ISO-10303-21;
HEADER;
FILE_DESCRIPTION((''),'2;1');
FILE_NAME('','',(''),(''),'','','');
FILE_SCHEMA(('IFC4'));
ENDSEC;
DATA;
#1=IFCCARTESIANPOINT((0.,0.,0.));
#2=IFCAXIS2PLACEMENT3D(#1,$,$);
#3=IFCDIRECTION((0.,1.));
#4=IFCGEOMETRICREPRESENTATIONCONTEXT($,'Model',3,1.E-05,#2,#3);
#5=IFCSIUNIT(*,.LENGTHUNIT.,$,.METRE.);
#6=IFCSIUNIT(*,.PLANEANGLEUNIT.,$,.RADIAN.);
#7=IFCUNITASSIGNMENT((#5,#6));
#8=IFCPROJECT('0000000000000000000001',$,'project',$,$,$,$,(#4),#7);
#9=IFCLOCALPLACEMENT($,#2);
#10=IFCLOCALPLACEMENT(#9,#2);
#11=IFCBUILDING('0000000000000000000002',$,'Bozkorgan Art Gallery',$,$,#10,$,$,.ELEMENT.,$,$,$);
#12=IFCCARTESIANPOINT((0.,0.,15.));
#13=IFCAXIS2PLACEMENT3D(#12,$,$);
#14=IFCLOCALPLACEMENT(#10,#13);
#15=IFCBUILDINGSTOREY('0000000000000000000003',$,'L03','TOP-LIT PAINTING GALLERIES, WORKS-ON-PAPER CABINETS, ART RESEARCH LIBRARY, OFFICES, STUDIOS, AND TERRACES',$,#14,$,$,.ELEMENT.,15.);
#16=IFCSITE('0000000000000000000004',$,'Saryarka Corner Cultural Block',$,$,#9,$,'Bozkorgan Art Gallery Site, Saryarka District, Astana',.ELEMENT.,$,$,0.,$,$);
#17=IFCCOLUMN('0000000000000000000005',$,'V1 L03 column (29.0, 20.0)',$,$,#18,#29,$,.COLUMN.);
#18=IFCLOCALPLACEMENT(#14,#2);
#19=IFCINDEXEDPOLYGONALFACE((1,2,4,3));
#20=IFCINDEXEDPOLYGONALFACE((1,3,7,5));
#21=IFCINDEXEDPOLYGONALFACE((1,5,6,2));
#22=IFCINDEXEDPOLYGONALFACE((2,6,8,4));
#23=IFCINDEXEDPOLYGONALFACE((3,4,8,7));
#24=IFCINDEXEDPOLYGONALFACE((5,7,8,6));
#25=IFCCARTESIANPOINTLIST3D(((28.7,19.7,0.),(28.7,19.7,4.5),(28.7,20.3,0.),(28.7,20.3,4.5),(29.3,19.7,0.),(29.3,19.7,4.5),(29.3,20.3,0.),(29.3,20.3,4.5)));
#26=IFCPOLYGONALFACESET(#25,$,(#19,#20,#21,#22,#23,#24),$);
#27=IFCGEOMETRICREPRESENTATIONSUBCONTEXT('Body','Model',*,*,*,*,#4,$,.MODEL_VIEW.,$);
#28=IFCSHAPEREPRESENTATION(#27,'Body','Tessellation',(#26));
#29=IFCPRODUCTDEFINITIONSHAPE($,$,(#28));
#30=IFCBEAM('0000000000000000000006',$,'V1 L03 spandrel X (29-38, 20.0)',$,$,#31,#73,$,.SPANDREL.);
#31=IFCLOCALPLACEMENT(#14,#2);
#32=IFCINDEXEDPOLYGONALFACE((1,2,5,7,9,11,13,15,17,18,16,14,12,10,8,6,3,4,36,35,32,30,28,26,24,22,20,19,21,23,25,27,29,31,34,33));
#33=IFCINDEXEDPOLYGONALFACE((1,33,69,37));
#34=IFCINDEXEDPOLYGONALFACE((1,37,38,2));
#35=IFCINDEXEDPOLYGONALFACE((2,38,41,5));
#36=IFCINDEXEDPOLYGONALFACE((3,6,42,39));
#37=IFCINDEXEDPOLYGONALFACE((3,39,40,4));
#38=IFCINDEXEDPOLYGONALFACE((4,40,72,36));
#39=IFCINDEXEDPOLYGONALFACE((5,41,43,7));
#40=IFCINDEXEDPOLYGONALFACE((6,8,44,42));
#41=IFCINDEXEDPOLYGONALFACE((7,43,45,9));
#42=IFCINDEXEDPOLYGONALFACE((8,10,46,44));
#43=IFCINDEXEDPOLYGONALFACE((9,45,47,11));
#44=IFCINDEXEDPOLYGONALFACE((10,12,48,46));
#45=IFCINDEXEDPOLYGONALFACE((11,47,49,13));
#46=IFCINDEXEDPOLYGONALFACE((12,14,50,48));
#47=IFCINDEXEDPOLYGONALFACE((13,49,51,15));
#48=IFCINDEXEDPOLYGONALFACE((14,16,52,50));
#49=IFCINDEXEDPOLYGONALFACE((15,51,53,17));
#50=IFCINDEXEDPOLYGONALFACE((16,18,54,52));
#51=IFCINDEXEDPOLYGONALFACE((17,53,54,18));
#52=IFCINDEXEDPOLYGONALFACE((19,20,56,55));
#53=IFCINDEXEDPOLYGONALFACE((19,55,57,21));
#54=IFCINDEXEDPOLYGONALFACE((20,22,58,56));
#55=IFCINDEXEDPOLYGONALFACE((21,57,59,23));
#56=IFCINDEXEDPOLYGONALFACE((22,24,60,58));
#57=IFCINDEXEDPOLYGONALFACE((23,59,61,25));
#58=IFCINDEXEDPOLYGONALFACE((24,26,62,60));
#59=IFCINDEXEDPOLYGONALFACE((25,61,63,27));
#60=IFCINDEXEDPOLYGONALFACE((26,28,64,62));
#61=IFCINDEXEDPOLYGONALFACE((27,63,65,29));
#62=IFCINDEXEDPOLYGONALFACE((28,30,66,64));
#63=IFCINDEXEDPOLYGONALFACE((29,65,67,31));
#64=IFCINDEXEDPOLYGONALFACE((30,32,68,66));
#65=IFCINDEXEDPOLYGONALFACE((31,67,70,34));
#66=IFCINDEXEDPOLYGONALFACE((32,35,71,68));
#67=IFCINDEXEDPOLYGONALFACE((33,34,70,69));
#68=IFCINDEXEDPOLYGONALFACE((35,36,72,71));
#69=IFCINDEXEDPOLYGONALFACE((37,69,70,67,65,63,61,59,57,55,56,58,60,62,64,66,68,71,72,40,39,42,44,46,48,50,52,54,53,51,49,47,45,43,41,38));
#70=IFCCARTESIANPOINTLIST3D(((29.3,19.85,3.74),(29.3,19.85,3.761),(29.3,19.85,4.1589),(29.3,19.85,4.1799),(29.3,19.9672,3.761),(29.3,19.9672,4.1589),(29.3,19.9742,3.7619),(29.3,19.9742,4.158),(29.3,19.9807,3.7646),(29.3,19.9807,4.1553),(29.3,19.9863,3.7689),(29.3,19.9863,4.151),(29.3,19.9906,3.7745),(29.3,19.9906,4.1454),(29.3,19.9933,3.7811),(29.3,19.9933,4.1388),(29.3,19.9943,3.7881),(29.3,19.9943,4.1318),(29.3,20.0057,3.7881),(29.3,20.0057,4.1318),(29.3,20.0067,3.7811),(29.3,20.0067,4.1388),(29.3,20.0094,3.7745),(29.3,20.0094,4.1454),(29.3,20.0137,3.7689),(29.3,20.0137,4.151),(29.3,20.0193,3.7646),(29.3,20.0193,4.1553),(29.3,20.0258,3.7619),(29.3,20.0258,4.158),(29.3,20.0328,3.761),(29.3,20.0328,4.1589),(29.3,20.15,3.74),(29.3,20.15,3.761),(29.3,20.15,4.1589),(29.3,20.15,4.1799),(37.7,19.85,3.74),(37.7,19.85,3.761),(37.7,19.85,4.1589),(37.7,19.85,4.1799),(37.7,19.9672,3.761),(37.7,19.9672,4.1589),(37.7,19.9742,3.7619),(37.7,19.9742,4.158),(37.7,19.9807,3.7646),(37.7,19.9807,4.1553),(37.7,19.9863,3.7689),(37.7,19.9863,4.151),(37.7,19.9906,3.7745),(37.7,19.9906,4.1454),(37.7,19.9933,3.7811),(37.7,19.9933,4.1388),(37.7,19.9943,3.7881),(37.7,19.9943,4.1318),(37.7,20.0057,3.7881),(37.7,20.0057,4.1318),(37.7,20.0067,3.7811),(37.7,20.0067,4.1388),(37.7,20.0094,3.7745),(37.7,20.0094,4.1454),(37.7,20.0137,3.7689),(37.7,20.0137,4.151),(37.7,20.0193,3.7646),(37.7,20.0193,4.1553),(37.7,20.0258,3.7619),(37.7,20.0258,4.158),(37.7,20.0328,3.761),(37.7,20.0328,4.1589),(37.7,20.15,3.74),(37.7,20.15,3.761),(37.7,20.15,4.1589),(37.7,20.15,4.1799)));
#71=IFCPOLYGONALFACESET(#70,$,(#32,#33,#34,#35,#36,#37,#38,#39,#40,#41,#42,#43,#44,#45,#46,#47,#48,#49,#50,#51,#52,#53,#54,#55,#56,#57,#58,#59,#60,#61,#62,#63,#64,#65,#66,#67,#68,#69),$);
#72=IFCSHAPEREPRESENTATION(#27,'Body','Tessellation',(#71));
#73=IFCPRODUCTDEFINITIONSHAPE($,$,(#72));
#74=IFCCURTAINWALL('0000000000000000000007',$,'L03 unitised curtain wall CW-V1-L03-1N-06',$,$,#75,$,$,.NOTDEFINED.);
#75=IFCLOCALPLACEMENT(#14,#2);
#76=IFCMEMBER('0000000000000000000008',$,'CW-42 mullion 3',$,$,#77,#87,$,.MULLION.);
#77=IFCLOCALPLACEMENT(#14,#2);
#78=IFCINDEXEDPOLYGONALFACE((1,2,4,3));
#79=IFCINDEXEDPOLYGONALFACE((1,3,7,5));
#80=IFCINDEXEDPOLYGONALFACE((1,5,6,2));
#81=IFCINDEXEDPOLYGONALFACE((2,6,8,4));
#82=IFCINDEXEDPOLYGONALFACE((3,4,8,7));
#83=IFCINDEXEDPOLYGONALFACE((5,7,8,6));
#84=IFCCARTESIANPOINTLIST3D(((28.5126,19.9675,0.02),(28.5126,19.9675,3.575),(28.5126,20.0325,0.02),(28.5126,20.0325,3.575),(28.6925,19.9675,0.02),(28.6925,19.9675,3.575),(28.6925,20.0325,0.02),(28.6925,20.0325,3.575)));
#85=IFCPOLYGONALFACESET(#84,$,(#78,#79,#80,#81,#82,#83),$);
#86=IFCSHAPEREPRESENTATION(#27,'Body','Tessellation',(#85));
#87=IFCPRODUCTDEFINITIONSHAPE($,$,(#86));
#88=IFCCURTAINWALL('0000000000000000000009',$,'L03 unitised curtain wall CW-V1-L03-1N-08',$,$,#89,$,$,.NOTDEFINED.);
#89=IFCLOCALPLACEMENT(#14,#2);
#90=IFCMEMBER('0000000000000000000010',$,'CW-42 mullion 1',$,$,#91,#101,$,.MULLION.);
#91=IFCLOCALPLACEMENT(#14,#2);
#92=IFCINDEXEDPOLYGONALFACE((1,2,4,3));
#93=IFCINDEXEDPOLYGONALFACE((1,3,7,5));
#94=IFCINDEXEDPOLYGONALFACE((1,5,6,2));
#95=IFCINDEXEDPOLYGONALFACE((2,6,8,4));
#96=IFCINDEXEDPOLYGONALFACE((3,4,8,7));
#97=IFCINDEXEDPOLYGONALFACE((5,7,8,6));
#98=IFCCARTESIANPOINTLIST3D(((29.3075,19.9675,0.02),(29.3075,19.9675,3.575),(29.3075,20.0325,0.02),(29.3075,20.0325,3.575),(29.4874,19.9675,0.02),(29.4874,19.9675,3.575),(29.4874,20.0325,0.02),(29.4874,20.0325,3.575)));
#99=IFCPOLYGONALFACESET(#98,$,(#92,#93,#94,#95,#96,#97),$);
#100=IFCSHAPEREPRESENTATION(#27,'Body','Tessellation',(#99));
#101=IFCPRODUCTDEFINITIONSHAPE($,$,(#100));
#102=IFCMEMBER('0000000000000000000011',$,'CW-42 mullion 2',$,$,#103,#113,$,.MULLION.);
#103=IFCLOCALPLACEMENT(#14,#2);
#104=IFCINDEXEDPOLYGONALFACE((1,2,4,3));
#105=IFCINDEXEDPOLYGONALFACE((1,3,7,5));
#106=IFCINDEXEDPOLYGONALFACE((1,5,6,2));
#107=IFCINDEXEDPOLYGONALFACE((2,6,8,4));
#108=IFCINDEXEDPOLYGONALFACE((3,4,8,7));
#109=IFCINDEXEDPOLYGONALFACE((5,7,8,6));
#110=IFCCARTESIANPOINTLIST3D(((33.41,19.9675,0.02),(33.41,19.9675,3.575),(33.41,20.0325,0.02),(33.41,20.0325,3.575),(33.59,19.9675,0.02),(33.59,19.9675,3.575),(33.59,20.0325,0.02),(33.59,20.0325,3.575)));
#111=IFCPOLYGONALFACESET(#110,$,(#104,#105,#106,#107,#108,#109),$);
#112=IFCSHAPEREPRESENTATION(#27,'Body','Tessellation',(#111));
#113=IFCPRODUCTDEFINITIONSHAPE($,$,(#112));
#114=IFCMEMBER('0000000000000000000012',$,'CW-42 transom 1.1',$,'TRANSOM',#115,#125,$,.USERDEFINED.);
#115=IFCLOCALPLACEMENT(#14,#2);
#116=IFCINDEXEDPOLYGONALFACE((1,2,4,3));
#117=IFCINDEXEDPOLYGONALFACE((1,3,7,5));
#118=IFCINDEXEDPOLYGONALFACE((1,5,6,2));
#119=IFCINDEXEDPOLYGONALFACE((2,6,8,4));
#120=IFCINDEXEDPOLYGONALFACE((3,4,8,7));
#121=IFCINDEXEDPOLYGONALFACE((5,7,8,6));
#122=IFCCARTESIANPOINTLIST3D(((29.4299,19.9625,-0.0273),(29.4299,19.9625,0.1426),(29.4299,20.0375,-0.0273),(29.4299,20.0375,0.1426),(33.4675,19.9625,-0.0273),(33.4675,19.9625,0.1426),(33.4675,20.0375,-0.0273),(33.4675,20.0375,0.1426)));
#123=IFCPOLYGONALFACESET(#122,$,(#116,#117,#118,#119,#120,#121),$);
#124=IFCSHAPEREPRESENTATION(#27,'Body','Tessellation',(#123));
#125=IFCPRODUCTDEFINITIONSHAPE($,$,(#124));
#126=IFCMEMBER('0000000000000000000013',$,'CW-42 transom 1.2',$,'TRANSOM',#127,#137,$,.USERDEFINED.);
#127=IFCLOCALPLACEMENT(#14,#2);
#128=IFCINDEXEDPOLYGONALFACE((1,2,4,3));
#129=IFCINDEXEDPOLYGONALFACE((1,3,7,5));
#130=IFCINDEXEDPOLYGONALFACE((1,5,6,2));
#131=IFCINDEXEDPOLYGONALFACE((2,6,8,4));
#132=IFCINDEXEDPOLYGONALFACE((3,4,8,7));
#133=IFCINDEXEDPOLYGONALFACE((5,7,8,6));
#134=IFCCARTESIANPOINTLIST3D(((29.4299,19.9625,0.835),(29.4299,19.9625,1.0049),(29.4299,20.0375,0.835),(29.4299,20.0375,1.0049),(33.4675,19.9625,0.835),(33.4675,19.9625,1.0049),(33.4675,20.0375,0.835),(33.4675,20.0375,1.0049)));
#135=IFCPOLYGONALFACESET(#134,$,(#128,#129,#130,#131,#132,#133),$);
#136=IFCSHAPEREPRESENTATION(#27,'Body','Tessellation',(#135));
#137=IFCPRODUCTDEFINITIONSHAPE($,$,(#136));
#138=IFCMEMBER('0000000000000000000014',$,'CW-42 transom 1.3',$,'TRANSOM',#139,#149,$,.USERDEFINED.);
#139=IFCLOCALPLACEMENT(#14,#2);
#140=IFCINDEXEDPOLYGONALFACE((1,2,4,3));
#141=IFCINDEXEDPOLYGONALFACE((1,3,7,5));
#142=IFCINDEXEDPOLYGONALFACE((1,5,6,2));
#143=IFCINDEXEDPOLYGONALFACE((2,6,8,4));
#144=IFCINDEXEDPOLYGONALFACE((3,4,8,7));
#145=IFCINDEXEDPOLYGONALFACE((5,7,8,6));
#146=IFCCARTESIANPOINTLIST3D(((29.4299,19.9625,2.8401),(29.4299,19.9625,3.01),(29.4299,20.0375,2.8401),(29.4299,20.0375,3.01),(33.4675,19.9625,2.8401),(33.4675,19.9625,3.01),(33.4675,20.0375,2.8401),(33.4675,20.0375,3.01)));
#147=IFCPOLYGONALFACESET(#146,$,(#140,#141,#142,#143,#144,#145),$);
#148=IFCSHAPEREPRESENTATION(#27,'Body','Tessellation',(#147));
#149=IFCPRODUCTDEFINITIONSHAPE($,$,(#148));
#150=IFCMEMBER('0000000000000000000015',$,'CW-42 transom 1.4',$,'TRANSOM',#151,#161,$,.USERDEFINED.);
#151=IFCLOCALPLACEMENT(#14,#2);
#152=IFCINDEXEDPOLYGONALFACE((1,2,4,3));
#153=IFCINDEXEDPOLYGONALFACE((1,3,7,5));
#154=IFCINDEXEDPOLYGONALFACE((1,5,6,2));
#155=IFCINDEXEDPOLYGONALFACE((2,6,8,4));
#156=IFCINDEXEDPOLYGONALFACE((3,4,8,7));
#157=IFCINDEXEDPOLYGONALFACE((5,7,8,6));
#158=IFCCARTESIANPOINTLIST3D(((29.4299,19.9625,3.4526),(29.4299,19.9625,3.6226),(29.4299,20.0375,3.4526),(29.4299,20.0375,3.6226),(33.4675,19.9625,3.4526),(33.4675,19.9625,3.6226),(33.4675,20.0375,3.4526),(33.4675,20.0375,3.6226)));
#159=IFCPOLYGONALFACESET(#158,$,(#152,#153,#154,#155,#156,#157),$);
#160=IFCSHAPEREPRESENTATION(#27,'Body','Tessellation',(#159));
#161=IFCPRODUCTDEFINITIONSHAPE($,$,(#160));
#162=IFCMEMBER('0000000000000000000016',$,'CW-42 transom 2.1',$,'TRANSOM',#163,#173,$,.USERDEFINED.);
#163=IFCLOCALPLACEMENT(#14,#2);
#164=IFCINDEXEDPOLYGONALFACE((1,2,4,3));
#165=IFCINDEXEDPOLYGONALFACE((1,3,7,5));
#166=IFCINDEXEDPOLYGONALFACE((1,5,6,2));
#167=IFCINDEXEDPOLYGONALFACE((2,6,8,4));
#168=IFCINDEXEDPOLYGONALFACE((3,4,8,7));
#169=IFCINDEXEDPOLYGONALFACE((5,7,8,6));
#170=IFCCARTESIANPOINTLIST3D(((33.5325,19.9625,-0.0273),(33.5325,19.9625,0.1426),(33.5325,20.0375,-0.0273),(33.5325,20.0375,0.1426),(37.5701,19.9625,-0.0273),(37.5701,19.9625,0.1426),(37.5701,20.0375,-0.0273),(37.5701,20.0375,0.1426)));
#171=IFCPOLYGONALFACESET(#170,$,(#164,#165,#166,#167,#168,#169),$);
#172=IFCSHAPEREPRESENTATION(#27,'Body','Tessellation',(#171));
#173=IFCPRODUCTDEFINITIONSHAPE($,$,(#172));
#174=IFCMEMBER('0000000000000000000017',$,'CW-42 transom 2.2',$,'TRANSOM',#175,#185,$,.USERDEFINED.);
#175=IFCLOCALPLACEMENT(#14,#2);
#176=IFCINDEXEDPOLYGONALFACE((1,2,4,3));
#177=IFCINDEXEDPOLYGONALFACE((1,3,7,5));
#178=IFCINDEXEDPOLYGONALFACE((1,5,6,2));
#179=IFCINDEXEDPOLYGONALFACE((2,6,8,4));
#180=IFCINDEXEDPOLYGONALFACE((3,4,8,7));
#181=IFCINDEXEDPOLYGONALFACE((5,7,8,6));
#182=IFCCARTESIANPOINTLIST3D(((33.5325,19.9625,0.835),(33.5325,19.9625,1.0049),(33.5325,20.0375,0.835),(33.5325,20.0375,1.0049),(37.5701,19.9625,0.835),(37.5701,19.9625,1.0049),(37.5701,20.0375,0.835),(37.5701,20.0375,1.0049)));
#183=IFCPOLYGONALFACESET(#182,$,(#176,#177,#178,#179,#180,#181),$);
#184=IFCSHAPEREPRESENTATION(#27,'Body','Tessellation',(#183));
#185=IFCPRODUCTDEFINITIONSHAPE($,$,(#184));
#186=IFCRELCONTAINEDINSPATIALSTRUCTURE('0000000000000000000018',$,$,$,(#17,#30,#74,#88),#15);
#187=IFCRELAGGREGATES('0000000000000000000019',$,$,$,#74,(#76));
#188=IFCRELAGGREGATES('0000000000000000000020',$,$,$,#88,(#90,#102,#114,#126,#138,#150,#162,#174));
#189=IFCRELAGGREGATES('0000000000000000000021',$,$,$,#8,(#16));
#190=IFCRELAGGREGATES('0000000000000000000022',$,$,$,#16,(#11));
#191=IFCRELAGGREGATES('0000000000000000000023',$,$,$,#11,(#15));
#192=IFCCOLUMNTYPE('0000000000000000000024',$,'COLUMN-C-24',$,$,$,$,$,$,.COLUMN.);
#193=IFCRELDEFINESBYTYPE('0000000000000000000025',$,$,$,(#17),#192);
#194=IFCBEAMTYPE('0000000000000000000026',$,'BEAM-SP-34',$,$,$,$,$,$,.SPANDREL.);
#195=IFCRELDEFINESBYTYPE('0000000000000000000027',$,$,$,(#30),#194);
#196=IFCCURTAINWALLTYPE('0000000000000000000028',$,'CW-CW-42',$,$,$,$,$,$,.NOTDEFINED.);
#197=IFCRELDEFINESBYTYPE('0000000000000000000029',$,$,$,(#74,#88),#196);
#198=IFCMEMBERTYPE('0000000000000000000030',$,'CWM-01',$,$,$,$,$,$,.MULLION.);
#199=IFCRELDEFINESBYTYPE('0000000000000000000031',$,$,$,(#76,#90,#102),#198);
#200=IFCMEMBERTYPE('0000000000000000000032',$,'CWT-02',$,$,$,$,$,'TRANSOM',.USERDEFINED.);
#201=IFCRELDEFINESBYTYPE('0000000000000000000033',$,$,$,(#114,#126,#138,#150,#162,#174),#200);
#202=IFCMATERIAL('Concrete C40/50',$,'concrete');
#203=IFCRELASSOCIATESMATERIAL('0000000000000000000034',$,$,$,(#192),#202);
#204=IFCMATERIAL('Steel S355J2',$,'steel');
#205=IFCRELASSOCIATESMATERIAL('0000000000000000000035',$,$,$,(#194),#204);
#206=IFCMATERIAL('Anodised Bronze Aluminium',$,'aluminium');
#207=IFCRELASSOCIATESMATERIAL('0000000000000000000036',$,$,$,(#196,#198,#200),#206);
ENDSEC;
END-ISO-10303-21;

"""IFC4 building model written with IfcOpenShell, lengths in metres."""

from ifc_helpers import new_model, si_unit, direction, frame, origin, origin_2d, place, context, subcontext, project, spatial, rectangle, i_section, extrude, material, material_profile, profile_set, type_object, element, aggregate, save


model = new_model("IFC4")

# Units and contexts
model_context = context("Model", 3, precision=1e-05, world=origin(), true_north=direction((0.0, 1.0)))
body_context = subcontext(model_context, "Body", "Model", "MODEL_VIEW")
ifc_project = project(units=[si_unit("LENGTHUNIT", "METRE"), si_unit("PLANEANGLEUNIT", "RADIAN")], contexts=[model_context])

# Site, building, storey
site_placement = place(None, origin())
site = spatial("IfcSite", under=ifc_project, at=site_placement, Name="Saryarka Corner Cultural Block", LongName="Bozkorgan Art Gallery Site, Saryarka District, Astana", CompositionType="ELEMENT", RefElevation=0.0)
building_placement = place(site_placement, origin())
building = spatial("IfcBuilding", under=site, at=building_placement, Name="Bozkorgan Art Gallery", CompositionType="ELEMENT")
storey_placement = place(building_placement, frame((0.0, 0.0, 15.0)))
storey = spatial("IfcBuildingStorey", under=building, at=storey_placement, Name="L03", Description="TOP-LIT PAINTING GALLERIES, WORKS-ON-PAPER CABINETS, ART RESEARCH LIBRARY, OFFICES, STUDIOS, AND TERRACES", CompositionType="ELEMENT", Elevation=15.0)

# Column
ifc_material_1 = material(Name="Concrete C40/50", Category="concrete")
ifc_material_profile_1 = material_profile(ifc_material_1, rectangle(XDim=0.6001, YDim=0.6001, at=origin_2d()), Name="RC 600x600")
ifc_profile_set_1 = profile_set([ifc_material_profile_1], Name="Concrete C40/50")
column_type = type_object("IfcColumnType", Name="COLUMN-C-24", PredefinedType="COLUMN", material=ifc_profile_set_1)
column_placement = place(storey_placement, frame((29.0, 20.0, 0.0), z_axis=(0.0, 0.0, 1.0), x_axis=(1.0, 0.0, 0.0)))
element("IfcColumn", 1, at=column_placement, inside=storey, type_object=column_type, Name="V1 L03 column (29.0, 20.0)", PredefinedType="COLUMN", context=body_context, shape_type="SweptSolid", body=[
    extrude(rectangle(XDim=0.6001, YDim=0.6001, at=origin_2d()), origin(), (0.0, 0.0, 1.0), 4.5),
])

# Beam
ifc_material_2 = material(Name="Steel S355J2", Category="steel")
ifc_material_profile_2 = material_profile(ifc_material_2, i_section(OverallWidth=0.3, OverallDepth=0.4399, WebThickness=0.0115, FlangeThickness=0.021, FilletRadius=0.0271, at=origin_2d()), Name="HEA 450")
ifc_profile_set_2 = profile_set([ifc_material_profile_2], Name="Steel S355J2")
beam_type = type_object("IfcBeamType", Name="BEAM-SP-34", PredefinedType="SPANDREL", material=ifc_profile_set_2)
beam_placement = place(storey_placement, frame((29.3, 20.0, 3.96), z_axis=(1.0, 0.0, 0.0), x_axis=(0.0, 1.0, 0.0)))
element("IfcBeam", 2, at=beam_placement, inside=storey, type_object=beam_type, Name="V1 L03 spandrel X (29-38, 20.0)", PredefinedType="SPANDREL", context=body_context, shape_type="SweptSolid", body=[
    extrude(i_section(OverallWidth=0.3, OverallDepth=0.4399, WebThickness=0.0115, FlangeThickness=0.021, FilletRadius=0.0271, at=origin_2d()), origin(), (0.0, 0.0, 1.0), 8.3999),
])

# Curtain wall, member
ifc_material_3 = material(Name="Anodised Bronze Aluminium", Category="aluminium")
curtain_wall_type = type_object("IfcCurtainWallType", Name="CW-CW-42", PredefinedType="NOTDEFINED", material=ifc_material_3)
curtain_wall_1_placement = place(storey_placement, origin())
curtain_wall_1 = element("IfcCurtainWall", 3, at=curtain_wall_1_placement, inside=storey, type_object=curtain_wall_type, Name="L03 unitised curtain wall CW-V1-L03-1N-06", PredefinedType="NOTDEFINED")
ifc_material_profile_3 = material_profile(ifc_material_3, rectangle(XDim=0.0649, YDim=0.1799, at=origin_2d()), Name="ALU MULLION 65x180")
ifc_profile_set_3 = profile_set([ifc_material_profile_3], Name="Anodised Bronze Aluminium")
member_type_1 = type_object("IfcMemberType", Name="CWM-01", PredefinedType="MULLION", material=ifc_profile_set_3)
member_1_placement = place(storey_placement, frame((28.6025, 20.0, 0.02), z_axis=(0.0, 0.0, 1.0), x_axis=(0.0, 1.0, 0.0)))
member_1 = element("IfcMember", 4, at=member_1_placement, type_object=member_type_1, Name="CW-42 mullion 3", PredefinedType="MULLION", context=body_context, shape_type="SweptSolid", body=[
    extrude(rectangle(XDim=0.0649, YDim=0.1799, at=origin_2d()), origin(), (0.0, 0.0, 1.0), 3.5549),
])

# Curtain wall, members
curtain_wall_2_placement = place(storey_placement, origin())
curtain_wall_2 = element("IfcCurtainWall", 5, at=curtain_wall_2_placement, inside=storey, type_object=curtain_wall_type, Name="L03 unitised curtain wall CW-V1-L03-1N-08", PredefinedType="NOTDEFINED")
member_2_placement = place(storey_placement, frame((29.3975, 20.0, 0.02), z_axis=(0.0, 0.0, 1.0), x_axis=(0.0, 1.0, 0.0)))
member_2 = element("IfcMember", 6, at=member_2_placement, type_object=member_type_1, Name="CW-42 mullion 1", PredefinedType="MULLION", context=body_context, shape_type="SweptSolid", body=[
    extrude(rectangle(XDim=0.0649, YDim=0.1799, at=origin_2d()), origin(), (0.0, 0.0, 1.0), 3.5549),
])
member_3_placement = place(storey_placement, frame((33.5, 20.0, 0.02), z_axis=(0.0, 0.0, 1.0), x_axis=(0.0, 1.0, 0.0)))
member_3 = element("IfcMember", 7, at=member_3_placement, type_object=member_type_1, Name="CW-42 mullion 2", PredefinedType="MULLION", context=body_context, shape_type="SweptSolid", body=[
    extrude(rectangle(XDim=0.0649, YDim=0.1799, at=origin_2d()), origin(), (0.0, 0.0, 1.0), 3.5549),
])
ifc_material_profile_4 = material_profile(ifc_material_3, rectangle(XDim=0.075, YDim=0.1699, at=origin_2d()), Name="ALU TRANSOM 75x170")
ifc_profile_set_4 = profile_set([ifc_material_profile_4], Name="Anodised Bronze Aluminium")
member_type_2 = type_object("IfcMemberType", Name="CWT-02", ElementType="TRANSOM", PredefinedType="USERDEFINED", material=ifc_profile_set_4)
member_4_placement = place(storey_placement, frame((29.4299, 20.0, 0.0576), z_axis=(1.0, 0.0, 0.0), x_axis=(0.0, 1.0, 0.0)))
member_4 = element("IfcMember", 8, at=member_4_placement, type_object=member_type_2, Name="CW-42 transom 1.1", ObjectType="TRANSOM", PredefinedType="USERDEFINED", context=body_context, shape_type="SweptSolid", body=[
    extrude(rectangle(XDim=0.075, YDim=0.1699, at=origin_2d()), origin(), (0.0, 0.0, 1.0), 4.0376),
])
member_5_placement = place(storey_placement, frame((29.4299, 20.0, 0.9199), z_axis=(1.0, 0.0, 0.0), x_axis=(0.0, 1.0, 0.0)))
member_5 = element("IfcMember", 9, at=member_5_placement, type_object=member_type_2, Name="CW-42 transom 1.2", ObjectType="TRANSOM", PredefinedType="USERDEFINED", context=body_context, shape_type="SweptSolid", body=[
    extrude(rectangle(XDim=0.075, YDim=0.1699, at=origin_2d()), origin(), (0.0, 0.0, 1.0), 4.0376),
])
member_6_placement = place(storey_placement, frame((29.4299, 20.0, 2.925), z_axis=(1.0, 0.0, 0.0), x_axis=(0.0, 1.0, 0.0)))
member_6 = element("IfcMember", 10, at=member_6_placement, type_object=member_type_2, Name="CW-42 transom 1.3", ObjectType="TRANSOM", PredefinedType="USERDEFINED", context=body_context, shape_type="SweptSolid", body=[
    extrude(rectangle(XDim=0.075, YDim=0.1699, at=origin_2d()), origin(), (0.0, 0.0, 1.0), 4.0376),
])
member_7_placement = place(storey_placement, frame((29.4299, 20.0, 3.5376), z_axis=(1.0, 0.0, 0.0), x_axis=(0.0, 1.0, 0.0)))
member_7 = element("IfcMember", 11, at=member_7_placement, type_object=member_type_2, Name="CW-42 transom 1.4", ObjectType="TRANSOM", PredefinedType="USERDEFINED", context=body_context, shape_type="SweptSolid", body=[
    extrude(rectangle(XDim=0.075, YDim=0.1699, at=origin_2d()), origin(), (0.0, 0.0, 1.0), 4.0376),
])
member_8_placement = place(storey_placement, frame((33.5325, 20.0, 0.0576), z_axis=(1.0, 0.0, 0.0), x_axis=(0.0, 1.0, 0.0)))
member_8 = element("IfcMember", 12, at=member_8_placement, type_object=member_type_2, Name="CW-42 transom 2.1", ObjectType="TRANSOM", PredefinedType="USERDEFINED", context=body_context, shape_type="SweptSolid", body=[
    extrude(rectangle(XDim=0.075, YDim=0.1699, at=origin_2d()), origin(), (0.0, 0.0, 1.0), 4.0376),
])
member_9_placement = place(storey_placement, frame((33.5325, 20.0, 0.9199), z_axis=(1.0, 0.0, 0.0), x_axis=(0.0, 1.0, 0.0)))
member_9 = element("IfcMember", 13, at=member_9_placement, type_object=member_type_2, Name="CW-42 transom 2.2", ObjectType="TRANSOM", PredefinedType="USERDEFINED", context=body_context, shape_type="SweptSolid", body=[
    extrude(rectangle(XDim=0.075, YDim=0.1699, at=origin_2d()), origin(), (0.0, 0.0, 1.0), 4.0376),
])

aggregate(curtain_wall_1, [member_1])
aggregate(curtain_wall_2, [member_2, member_3, member_4, member_5, member_6, member_7, member_8, member_9])

save(model, "model.ifc")
